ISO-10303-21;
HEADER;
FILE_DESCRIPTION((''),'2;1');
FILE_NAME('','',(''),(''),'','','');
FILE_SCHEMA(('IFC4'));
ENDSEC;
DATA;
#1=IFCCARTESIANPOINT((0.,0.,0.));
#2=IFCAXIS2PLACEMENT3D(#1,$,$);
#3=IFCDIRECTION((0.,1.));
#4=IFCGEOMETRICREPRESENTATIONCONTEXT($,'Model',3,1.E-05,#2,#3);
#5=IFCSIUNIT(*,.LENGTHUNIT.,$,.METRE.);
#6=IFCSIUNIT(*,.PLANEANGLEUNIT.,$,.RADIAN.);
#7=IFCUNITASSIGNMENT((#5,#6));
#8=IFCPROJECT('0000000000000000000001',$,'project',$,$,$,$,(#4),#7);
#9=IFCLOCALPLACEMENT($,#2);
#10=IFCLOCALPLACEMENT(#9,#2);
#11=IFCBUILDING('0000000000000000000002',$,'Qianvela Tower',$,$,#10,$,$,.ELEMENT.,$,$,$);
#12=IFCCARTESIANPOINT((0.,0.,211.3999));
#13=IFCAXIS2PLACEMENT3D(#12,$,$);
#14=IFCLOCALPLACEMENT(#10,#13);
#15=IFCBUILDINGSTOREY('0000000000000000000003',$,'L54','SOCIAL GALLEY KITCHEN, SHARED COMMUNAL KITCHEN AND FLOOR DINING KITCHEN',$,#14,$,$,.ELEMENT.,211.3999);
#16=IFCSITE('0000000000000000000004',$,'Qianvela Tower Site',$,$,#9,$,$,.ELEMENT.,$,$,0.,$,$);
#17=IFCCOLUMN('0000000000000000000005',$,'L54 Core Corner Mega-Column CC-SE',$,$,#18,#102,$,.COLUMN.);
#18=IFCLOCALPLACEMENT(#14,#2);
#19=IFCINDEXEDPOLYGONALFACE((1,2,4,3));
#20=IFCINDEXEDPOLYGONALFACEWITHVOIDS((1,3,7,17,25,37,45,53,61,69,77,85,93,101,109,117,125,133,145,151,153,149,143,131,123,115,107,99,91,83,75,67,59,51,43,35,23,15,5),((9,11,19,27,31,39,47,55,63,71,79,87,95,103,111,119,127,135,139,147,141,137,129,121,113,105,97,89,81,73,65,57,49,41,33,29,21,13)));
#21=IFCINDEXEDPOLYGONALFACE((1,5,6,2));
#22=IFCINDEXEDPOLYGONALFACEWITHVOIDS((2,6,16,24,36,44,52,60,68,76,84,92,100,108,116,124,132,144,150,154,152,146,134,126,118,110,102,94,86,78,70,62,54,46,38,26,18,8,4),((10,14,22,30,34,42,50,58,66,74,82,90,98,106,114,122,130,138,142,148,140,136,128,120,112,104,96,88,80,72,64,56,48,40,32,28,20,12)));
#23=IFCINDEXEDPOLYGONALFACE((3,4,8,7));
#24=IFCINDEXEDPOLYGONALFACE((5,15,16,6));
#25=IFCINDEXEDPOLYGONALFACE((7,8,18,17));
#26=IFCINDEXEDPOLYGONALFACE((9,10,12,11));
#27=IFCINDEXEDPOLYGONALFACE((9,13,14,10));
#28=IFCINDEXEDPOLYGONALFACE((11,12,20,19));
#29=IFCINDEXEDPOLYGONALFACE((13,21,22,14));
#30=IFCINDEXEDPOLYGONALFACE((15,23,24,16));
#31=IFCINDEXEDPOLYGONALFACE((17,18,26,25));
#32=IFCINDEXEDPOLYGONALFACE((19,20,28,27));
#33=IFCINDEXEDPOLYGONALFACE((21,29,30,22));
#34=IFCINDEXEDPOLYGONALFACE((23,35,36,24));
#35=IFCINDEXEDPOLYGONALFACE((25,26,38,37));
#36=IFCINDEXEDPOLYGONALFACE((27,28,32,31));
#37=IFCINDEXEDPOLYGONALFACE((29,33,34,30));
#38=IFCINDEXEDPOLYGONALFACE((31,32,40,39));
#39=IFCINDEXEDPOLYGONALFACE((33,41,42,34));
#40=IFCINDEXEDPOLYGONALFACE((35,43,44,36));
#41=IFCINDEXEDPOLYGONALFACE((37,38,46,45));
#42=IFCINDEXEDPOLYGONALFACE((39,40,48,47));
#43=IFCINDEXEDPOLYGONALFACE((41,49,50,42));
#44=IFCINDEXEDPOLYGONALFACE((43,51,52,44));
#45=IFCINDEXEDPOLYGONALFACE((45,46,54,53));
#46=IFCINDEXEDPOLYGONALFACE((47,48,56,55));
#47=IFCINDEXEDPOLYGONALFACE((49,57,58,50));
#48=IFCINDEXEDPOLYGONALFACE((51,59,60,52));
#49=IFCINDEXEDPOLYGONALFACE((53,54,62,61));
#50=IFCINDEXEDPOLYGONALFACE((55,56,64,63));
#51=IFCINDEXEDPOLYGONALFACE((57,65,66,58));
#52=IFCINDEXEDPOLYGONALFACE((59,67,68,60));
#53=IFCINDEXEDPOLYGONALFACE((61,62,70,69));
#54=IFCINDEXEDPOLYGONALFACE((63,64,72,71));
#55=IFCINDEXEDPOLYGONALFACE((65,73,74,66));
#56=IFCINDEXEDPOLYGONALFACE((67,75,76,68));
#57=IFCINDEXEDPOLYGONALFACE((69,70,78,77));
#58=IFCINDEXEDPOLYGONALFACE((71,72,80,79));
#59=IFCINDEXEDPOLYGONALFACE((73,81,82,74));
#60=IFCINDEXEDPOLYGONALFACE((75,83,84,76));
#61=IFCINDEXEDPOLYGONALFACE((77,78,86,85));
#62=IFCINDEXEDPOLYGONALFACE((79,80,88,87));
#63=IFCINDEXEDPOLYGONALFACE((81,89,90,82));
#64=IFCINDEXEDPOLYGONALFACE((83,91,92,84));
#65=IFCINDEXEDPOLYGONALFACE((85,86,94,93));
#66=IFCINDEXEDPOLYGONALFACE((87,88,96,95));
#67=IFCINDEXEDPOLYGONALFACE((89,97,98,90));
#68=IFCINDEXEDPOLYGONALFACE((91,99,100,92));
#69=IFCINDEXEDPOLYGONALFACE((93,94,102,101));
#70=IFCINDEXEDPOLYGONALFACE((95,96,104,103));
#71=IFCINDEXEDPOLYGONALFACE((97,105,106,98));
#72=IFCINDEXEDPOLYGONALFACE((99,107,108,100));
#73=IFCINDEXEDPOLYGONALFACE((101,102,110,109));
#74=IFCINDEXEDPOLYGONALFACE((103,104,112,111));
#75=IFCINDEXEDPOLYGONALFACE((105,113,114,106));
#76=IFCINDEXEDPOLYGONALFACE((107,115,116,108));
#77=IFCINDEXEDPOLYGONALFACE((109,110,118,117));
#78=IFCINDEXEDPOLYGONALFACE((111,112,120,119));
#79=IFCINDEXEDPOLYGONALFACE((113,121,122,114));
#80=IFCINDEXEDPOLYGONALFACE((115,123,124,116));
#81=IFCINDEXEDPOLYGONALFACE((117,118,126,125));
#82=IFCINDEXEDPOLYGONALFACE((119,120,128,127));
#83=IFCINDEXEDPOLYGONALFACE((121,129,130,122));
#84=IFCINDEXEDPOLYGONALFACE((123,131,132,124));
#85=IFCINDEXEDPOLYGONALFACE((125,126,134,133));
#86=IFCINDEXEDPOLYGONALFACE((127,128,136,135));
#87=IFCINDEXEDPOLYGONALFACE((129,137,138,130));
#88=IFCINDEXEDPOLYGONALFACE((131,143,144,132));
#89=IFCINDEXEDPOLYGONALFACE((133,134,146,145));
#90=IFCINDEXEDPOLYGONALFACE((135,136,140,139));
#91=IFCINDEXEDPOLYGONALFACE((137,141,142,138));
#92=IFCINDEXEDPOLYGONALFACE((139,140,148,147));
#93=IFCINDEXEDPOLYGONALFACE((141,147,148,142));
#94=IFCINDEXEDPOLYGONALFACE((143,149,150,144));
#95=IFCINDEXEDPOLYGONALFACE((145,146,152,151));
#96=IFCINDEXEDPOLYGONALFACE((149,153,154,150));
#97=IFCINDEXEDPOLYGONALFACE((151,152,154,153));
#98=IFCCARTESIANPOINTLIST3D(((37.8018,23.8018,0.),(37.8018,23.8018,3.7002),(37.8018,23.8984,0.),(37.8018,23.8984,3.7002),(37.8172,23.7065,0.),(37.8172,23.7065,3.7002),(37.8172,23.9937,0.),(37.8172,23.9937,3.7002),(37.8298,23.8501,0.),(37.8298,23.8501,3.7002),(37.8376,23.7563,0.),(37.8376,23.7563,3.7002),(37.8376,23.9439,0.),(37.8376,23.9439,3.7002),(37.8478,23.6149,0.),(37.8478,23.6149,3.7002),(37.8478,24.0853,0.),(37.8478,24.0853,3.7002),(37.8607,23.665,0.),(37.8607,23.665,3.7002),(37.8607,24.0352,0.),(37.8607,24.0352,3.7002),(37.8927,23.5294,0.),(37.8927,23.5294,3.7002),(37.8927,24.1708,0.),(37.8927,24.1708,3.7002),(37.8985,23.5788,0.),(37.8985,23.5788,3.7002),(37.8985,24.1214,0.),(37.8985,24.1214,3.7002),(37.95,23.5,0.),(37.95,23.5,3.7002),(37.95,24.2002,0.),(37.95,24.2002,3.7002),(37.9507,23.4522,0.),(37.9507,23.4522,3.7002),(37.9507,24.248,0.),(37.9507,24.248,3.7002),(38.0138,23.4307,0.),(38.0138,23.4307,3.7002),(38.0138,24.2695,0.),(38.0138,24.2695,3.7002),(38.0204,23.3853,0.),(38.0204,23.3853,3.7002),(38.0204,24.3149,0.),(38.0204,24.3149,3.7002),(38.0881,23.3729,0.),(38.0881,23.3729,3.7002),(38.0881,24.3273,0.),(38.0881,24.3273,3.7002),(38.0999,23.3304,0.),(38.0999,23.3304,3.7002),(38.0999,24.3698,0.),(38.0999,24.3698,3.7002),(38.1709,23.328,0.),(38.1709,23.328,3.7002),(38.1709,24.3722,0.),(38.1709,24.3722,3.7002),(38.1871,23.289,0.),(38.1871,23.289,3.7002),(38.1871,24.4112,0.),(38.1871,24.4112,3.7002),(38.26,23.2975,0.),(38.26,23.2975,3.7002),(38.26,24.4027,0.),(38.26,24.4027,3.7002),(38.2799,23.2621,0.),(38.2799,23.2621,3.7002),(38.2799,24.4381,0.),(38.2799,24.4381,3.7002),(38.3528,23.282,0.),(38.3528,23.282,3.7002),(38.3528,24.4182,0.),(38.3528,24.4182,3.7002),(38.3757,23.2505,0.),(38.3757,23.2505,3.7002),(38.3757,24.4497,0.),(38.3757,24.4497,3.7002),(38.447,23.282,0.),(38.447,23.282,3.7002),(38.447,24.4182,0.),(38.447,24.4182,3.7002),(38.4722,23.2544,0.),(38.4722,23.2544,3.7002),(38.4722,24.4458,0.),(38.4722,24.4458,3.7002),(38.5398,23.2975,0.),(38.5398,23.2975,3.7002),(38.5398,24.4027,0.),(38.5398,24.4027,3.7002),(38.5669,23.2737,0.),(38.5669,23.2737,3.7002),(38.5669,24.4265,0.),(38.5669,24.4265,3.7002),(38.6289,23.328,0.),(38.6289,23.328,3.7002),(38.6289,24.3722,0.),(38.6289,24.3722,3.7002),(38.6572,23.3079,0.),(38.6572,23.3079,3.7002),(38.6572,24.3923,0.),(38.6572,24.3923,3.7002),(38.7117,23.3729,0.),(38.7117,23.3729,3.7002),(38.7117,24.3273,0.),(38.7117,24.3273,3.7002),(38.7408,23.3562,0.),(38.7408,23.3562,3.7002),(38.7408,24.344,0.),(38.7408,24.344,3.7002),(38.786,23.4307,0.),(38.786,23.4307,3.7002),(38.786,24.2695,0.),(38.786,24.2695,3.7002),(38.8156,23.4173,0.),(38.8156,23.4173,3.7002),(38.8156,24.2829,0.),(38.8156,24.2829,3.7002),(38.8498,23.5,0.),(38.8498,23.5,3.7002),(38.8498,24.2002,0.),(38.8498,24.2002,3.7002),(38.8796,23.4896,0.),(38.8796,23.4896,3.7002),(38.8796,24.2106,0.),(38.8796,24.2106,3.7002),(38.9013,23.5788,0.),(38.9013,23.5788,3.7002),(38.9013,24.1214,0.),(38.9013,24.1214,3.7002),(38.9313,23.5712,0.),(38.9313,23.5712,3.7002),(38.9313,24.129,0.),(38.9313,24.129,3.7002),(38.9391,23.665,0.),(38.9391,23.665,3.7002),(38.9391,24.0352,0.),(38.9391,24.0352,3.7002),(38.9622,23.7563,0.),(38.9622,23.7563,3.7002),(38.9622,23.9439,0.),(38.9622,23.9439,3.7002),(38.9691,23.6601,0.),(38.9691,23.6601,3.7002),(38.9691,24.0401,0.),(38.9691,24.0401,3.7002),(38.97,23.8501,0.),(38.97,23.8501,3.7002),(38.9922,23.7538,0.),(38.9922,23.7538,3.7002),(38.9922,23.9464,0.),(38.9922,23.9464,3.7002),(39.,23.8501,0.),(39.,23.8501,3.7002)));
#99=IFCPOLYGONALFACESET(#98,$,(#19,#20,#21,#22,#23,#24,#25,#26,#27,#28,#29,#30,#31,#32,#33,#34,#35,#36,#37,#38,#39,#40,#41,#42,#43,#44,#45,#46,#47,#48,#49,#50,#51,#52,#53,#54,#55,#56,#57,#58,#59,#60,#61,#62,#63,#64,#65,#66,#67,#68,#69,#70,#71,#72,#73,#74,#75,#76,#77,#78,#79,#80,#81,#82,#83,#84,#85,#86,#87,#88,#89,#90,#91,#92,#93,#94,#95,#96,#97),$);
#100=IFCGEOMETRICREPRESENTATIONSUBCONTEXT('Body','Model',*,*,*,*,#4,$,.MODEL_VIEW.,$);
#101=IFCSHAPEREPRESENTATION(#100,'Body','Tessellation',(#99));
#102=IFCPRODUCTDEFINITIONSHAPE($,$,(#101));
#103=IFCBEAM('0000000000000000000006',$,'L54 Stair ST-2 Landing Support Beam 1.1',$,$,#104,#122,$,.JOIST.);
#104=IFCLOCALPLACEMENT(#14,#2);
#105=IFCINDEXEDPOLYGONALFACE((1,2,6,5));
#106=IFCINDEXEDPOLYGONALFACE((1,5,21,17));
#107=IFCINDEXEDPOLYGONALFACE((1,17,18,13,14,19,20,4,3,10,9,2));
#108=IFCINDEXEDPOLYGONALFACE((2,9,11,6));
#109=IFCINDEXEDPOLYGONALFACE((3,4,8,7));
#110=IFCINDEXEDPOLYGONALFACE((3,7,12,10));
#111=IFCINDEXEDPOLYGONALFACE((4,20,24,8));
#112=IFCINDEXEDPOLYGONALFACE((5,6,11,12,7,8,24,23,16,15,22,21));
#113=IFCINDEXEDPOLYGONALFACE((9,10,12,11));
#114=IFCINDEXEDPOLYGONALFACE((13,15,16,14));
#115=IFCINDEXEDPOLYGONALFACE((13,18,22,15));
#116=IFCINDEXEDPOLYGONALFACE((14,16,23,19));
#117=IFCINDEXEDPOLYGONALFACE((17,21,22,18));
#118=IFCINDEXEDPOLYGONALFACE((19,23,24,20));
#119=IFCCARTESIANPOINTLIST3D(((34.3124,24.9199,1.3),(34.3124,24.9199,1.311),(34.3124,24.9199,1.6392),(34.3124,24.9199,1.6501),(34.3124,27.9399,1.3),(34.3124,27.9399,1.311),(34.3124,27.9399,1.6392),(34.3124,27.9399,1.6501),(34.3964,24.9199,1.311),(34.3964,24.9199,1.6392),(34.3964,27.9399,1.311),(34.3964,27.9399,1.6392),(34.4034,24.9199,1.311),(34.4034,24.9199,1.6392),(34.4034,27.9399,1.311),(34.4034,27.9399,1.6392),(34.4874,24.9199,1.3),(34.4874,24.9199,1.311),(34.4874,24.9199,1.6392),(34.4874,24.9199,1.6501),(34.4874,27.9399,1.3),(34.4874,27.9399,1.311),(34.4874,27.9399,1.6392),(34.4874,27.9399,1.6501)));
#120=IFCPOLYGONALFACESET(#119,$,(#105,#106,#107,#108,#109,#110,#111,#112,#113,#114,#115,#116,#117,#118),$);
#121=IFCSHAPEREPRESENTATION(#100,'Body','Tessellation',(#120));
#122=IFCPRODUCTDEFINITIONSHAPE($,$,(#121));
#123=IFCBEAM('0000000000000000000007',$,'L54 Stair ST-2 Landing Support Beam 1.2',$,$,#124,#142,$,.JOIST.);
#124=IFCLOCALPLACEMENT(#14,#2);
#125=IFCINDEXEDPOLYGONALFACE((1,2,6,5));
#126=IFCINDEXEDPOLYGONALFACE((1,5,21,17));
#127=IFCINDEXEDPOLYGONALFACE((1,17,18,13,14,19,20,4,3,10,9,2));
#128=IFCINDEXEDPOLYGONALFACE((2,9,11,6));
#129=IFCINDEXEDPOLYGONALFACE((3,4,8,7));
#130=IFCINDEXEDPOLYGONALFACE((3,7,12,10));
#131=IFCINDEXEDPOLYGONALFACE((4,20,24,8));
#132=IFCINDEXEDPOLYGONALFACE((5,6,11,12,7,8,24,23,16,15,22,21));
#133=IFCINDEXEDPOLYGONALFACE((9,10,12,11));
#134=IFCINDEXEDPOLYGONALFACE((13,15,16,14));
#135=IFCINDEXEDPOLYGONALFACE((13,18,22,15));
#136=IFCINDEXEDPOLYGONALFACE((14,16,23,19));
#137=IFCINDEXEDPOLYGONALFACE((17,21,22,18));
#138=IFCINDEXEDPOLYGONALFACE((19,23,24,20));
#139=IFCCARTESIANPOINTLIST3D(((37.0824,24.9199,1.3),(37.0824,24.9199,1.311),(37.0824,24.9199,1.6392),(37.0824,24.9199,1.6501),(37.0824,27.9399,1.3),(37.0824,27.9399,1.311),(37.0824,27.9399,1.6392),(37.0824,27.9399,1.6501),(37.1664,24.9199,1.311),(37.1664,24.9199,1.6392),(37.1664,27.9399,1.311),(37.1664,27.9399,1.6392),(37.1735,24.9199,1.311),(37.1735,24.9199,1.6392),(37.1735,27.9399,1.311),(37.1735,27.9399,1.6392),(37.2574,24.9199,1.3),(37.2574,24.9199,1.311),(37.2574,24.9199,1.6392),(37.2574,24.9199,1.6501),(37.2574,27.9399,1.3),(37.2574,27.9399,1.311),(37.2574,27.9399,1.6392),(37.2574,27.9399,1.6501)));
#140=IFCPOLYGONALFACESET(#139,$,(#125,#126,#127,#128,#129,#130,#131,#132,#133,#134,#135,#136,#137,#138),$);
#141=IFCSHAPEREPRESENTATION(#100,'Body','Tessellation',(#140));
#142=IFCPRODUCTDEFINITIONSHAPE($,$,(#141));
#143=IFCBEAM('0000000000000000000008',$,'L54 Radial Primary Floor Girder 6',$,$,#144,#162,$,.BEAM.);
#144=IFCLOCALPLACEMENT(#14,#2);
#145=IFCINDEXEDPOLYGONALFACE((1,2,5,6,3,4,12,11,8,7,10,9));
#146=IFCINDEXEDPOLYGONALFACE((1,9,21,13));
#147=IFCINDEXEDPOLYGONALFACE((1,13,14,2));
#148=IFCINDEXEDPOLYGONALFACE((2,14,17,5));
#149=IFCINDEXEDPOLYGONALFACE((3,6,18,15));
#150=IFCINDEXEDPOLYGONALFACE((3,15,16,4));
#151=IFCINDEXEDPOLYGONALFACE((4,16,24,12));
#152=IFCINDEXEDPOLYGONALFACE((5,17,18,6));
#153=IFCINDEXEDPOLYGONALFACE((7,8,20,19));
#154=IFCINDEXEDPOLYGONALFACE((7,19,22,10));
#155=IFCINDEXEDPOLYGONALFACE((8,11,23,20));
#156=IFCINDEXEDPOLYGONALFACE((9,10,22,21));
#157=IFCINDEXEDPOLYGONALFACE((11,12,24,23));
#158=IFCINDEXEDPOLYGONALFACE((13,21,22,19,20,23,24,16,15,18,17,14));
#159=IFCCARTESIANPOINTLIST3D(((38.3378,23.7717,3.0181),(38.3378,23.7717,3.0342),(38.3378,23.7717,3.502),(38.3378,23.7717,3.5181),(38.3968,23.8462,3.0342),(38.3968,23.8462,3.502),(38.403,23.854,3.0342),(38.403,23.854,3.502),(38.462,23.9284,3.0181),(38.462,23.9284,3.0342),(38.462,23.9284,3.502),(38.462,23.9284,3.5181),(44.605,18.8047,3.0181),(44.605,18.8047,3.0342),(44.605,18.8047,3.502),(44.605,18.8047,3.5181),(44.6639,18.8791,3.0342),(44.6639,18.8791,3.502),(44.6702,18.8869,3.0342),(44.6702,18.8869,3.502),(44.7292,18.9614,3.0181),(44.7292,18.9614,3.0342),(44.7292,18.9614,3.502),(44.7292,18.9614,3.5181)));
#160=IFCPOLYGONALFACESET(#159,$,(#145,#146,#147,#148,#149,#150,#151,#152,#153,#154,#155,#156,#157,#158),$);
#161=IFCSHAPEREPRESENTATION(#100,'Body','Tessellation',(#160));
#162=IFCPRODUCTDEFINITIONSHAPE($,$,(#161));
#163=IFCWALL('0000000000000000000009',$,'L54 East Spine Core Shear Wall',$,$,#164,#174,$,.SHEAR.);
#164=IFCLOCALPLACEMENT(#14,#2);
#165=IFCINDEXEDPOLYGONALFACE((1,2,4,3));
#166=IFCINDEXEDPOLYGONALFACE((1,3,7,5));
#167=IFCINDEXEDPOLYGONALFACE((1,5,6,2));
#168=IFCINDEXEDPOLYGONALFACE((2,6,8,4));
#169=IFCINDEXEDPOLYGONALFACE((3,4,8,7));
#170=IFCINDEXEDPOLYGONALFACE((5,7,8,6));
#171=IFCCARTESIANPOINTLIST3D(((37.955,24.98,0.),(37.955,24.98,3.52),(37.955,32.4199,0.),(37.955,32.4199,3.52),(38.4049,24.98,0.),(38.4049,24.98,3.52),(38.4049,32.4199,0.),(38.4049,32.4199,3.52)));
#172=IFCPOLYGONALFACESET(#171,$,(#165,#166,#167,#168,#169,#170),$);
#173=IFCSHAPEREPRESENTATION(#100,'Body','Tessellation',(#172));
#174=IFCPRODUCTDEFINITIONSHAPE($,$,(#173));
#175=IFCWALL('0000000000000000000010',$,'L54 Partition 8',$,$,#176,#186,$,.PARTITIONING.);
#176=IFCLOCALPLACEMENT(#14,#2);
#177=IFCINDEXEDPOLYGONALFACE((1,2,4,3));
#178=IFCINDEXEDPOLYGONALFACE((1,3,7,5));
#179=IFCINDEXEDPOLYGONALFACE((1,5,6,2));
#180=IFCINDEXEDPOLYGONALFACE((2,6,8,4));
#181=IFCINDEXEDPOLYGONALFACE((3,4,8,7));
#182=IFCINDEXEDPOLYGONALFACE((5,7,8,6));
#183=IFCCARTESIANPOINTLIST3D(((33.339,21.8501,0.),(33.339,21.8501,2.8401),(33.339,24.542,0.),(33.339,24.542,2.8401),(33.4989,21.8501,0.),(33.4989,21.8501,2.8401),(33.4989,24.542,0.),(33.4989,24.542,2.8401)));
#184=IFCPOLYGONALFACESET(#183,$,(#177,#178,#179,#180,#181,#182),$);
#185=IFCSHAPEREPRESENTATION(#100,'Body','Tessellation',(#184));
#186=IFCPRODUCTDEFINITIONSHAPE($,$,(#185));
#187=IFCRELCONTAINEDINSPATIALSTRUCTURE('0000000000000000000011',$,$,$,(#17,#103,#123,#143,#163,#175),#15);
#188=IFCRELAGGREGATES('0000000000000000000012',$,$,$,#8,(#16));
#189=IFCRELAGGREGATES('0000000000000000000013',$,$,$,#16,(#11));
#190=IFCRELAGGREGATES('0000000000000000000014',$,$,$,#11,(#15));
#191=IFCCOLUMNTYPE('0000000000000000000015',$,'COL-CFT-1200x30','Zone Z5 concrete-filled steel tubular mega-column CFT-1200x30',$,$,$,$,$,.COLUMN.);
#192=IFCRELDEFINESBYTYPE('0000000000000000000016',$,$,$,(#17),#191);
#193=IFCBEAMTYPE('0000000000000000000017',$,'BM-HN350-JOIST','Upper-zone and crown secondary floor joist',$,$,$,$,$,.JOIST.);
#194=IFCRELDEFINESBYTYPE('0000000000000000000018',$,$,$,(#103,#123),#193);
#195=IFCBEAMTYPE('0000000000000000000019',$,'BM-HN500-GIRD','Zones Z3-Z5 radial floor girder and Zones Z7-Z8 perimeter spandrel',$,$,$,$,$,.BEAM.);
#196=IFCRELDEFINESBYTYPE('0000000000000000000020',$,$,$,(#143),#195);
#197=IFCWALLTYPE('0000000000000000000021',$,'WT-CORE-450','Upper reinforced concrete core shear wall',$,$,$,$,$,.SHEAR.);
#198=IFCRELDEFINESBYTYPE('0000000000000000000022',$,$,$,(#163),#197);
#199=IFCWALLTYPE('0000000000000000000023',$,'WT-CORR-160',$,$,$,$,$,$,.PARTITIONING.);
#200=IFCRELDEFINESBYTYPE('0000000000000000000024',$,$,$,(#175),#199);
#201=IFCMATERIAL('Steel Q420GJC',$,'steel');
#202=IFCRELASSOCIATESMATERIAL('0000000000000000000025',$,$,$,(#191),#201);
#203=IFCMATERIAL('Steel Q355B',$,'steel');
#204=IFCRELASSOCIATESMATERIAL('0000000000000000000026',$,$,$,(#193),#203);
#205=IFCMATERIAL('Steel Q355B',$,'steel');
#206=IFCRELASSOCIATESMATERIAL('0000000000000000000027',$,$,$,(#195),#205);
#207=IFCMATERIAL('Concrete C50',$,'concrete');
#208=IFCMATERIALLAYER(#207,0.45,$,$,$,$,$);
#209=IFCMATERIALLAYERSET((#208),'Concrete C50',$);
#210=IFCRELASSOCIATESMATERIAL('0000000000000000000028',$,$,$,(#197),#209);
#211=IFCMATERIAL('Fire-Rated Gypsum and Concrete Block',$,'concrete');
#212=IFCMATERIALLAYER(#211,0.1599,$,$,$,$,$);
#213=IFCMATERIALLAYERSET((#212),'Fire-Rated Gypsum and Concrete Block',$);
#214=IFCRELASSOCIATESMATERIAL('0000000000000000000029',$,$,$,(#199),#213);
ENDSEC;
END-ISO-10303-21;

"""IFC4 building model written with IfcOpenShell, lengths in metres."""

from ifc_helpers import new_model, si_unit, direction, frame, frame_2d, origin, origin_2d, place, context, subcontext, project, spatial, rectangle, hollow_circle, i_section, extrude, material, layer, layer_set, material_profile, profile_set, type_object, element, save


model = new_model("IFC4")

# Units and contexts
model_context = context("Model", 3, precision=1e-05, world=origin(), true_north=direction((0.0, 1.0)))
body_context = subcontext(model_context, "Body", "Model", "MODEL_VIEW")
ifc_project = project(units=[si_unit("LENGTHUNIT", "METRE"), si_unit("PLANEANGLEUNIT", "RADIAN")], contexts=[model_context])

# Site, building, storey
site_placement = place(None, origin())
site = spatial("IfcSite", under=ifc_project, at=site_placement, Name="Qianvela Tower Site", CompositionType="ELEMENT", RefElevation=0.0)
building_placement = place(site_placement, origin())
building = spatial("IfcBuilding", under=site, at=building_placement, Name="Qianvela Tower", CompositionType="ELEMENT")
storey_placement = place(building_placement, frame((0.0, 0.0, 211.3999)))
storey = spatial("IfcBuildingStorey", under=building, at=storey_placement, Name="L54", Description="SOCIAL GALLEY KITCHEN, SHARED COMMUNAL KITCHEN AND FLOOR DINING KITCHEN", CompositionType="ELEMENT", Elevation=211.3999)

# Column
ifc_material_1 = material(Name="Steel Q420GJC", Category="steel")
ifc_material_profile_1 = material_profile(ifc_material_1, hollow_circle(Radius=0.6001, WallThickness=0.03, at=origin_2d()), Name="CFT-1200x30")
ifc_profile_set_1 = profile_set([ifc_material_profile_1], Name="Steel Q420GJC")
column_type = type_object("IfcColumnType", Name="COL-CFT-1200x30", Description="Zone Z5 concrete-filled steel tubular mega-column CFT-1200x30", PredefinedType="COLUMN", material=ifc_profile_set_1)
column_placement = place(storey_placement, frame((38.3999, 23.8501, 0.0), z_axis=(0.0, 0.0, 1.0), x_axis=(1.0, 0.0, 0.0)))
element("IfcColumn", 1, at=column_placement, inside=storey, type_object=column_type, Name="L54 Core Corner Mega-Column CC-SE", PredefinedType="COLUMN", context=body_context, shape_type="SweptSolid", body=[
    extrude(hollow_circle(Radius=0.6001, WallThickness=0.03, at=origin_2d()), origin(), (0.0, 0.0, 1.0), 3.7002),
])

# Beams
ifc_material_2 = material(Name="Steel Q355B", Category="steel")
ifc_material_profile_2 = material_profile(ifc_material_2, i_section(OverallWidth=0.175, OverallDepth=0.3501, WebThickness=0.0071, FlangeThickness=0.011, at=origin_2d()), Name="HN350x175x7x11")
ifc_profile_set_2 = profile_set([ifc_material_profile_2], Name="Steel Q355B")
beam_type_1 = type_object("IfcBeamType", Name="BM-HN350-JOIST", Description="Upper-zone and crown secondary floor joist", PredefinedType="JOIST", material=ifc_profile_set_2)
for number, where, z_axis, x_axis, name in (
    (2, (34.3999, 24.9199, 1.4751), (0.0, 1.0, 0.0), (-1.0, 0.0, 0.0), "L54 Stair ST-2 Landing Support Beam 1.1"),
    (3, (37.1699, 24.9199, 1.4751), (0.0, 1.0, 0.0), (-1.0, 0.0, 0.0), "L54 Stair ST-2 Landing Support Beam 1.2"),
):
    element("IfcBeam", number, at=place(storey_placement, frame(where, z_axis=z_axis, x_axis=x_axis)), inside=storey, type_object=beam_type_1, Name=name, PredefinedType="JOIST", context=body_context, shape_type="SweptSolid", body=[
        extrude(i_section(OverallWidth=0.175, OverallDepth=0.3501, WebThickness=0.0071, FlangeThickness=0.011, at=origin_2d()), origin(), (0.0, 0.0, 1.0), 3.02),
    ])
ifc_material_3 = material(Name="Steel Q355B", Category="steel")
ifc_material_profile_3 = material_profile(ifc_material_3, i_section(OverallWidth=0.2, OverallDepth=0.5, WebThickness=0.01, FlangeThickness=0.0161, at=origin_2d()), Name="HN500x200x10x16")
ifc_profile_set_3 = profile_set([ifc_material_profile_3], Name="Steel Q355B")
beam_type_2 = type_object("IfcBeamType", Name="BM-HN500-GIRD", Description="Zones Z3-Z5 radial floor girder and Zones Z7-Z8 perimeter spandrel", PredefinedType="BEAM", material=ifc_profile_set_3)
beam_placement = place(storey_placement, frame((38.3999, 23.8501, 3.2681), z_axis=(0.783705, -0.621133, 0.0), x_axis=(0.621133, 0.783705, 0.0)))
element("IfcBeam", 4, at=beam_placement, inside=storey, type_object=beam_type_2, Name="L54 Radial Primary Floor Girder 6", PredefinedType="BEAM", context=body_context, shape_type="SweptSolid", body=[
    extrude(i_section(OverallWidth=0.2, OverallDepth=0.5, WebThickness=0.01, FlangeThickness=0.0161, at=origin_2d()), origin(), (0.0, 0.0, 1.0), 7.9968),
])

# Wall
ifc_material_4 = material(Name="Concrete C50", Category="concrete")
ifc_layer_1 = layer(ifc_material_4, 0.45)
ifc_layer_set_1 = layer_set([ifc_layer_1], Name="Concrete C50")
wall_type_1 = type_object("IfcWallType", Name="WT-CORE-450", Description="Upper reinforced concrete core shear wall", PredefinedType="SHEAR", material=ifc_layer_set_1)
wall_1_placement = place(storey_placement, frame((38.1799, 24.98, 0.0), z_axis=(0.0, 0.0, 1.0), x_axis=(0.0, 1.0, 0.0)))
element("IfcWall", 5, at=wall_1_placement, inside=storey, type_object=wall_type_1, Name="L54 East Spine Core Shear Wall", PredefinedType="SHEAR", context=body_context, shape_type="SweptSolid", body=[
    extrude(rectangle(XDim=7.4399, YDim=0.45, at=frame_2d((3.72, 0.0))), origin(), (0.0, 0.0, 1.0), 3.52),
])

# Shared definitions
ifc_material_5 = material(Name="Fire-Rated Gypsum and Concrete Block", Category="concrete")
ifc_layer_2 = layer(ifc_material_5, 0.1599)
ifc_layer_set_2 = layer_set([ifc_layer_2], Name="Fire-Rated Gypsum and Concrete Block")
wall_type_2 = type_object("IfcWallType", Name="WT-CORR-160", PredefinedType="PARTITIONING", material=ifc_layer_set_2)

# Wall
wall_2_placement = place(storey_placement, frame((33.4189, 24.542, 0.0), z_axis=(0.0, 0.0, 1.0), x_axis=(0.0, -1.0, 0.0)))
element("IfcWall", 6, at=wall_2_placement, inside=storey, type_object=wall_type_2, Name="L54 Partition 8", PredefinedType="PARTITIONING", context=body_context, shape_type="SweptSolid", body=[
    extrude(rectangle(XDim=2.6919, YDim=0.1599, at=frame_2d((1.3459, 0.0))), origin(), (0.0, 0.0, 1.0), 2.8401),
])

save(model, "model.ifc")
